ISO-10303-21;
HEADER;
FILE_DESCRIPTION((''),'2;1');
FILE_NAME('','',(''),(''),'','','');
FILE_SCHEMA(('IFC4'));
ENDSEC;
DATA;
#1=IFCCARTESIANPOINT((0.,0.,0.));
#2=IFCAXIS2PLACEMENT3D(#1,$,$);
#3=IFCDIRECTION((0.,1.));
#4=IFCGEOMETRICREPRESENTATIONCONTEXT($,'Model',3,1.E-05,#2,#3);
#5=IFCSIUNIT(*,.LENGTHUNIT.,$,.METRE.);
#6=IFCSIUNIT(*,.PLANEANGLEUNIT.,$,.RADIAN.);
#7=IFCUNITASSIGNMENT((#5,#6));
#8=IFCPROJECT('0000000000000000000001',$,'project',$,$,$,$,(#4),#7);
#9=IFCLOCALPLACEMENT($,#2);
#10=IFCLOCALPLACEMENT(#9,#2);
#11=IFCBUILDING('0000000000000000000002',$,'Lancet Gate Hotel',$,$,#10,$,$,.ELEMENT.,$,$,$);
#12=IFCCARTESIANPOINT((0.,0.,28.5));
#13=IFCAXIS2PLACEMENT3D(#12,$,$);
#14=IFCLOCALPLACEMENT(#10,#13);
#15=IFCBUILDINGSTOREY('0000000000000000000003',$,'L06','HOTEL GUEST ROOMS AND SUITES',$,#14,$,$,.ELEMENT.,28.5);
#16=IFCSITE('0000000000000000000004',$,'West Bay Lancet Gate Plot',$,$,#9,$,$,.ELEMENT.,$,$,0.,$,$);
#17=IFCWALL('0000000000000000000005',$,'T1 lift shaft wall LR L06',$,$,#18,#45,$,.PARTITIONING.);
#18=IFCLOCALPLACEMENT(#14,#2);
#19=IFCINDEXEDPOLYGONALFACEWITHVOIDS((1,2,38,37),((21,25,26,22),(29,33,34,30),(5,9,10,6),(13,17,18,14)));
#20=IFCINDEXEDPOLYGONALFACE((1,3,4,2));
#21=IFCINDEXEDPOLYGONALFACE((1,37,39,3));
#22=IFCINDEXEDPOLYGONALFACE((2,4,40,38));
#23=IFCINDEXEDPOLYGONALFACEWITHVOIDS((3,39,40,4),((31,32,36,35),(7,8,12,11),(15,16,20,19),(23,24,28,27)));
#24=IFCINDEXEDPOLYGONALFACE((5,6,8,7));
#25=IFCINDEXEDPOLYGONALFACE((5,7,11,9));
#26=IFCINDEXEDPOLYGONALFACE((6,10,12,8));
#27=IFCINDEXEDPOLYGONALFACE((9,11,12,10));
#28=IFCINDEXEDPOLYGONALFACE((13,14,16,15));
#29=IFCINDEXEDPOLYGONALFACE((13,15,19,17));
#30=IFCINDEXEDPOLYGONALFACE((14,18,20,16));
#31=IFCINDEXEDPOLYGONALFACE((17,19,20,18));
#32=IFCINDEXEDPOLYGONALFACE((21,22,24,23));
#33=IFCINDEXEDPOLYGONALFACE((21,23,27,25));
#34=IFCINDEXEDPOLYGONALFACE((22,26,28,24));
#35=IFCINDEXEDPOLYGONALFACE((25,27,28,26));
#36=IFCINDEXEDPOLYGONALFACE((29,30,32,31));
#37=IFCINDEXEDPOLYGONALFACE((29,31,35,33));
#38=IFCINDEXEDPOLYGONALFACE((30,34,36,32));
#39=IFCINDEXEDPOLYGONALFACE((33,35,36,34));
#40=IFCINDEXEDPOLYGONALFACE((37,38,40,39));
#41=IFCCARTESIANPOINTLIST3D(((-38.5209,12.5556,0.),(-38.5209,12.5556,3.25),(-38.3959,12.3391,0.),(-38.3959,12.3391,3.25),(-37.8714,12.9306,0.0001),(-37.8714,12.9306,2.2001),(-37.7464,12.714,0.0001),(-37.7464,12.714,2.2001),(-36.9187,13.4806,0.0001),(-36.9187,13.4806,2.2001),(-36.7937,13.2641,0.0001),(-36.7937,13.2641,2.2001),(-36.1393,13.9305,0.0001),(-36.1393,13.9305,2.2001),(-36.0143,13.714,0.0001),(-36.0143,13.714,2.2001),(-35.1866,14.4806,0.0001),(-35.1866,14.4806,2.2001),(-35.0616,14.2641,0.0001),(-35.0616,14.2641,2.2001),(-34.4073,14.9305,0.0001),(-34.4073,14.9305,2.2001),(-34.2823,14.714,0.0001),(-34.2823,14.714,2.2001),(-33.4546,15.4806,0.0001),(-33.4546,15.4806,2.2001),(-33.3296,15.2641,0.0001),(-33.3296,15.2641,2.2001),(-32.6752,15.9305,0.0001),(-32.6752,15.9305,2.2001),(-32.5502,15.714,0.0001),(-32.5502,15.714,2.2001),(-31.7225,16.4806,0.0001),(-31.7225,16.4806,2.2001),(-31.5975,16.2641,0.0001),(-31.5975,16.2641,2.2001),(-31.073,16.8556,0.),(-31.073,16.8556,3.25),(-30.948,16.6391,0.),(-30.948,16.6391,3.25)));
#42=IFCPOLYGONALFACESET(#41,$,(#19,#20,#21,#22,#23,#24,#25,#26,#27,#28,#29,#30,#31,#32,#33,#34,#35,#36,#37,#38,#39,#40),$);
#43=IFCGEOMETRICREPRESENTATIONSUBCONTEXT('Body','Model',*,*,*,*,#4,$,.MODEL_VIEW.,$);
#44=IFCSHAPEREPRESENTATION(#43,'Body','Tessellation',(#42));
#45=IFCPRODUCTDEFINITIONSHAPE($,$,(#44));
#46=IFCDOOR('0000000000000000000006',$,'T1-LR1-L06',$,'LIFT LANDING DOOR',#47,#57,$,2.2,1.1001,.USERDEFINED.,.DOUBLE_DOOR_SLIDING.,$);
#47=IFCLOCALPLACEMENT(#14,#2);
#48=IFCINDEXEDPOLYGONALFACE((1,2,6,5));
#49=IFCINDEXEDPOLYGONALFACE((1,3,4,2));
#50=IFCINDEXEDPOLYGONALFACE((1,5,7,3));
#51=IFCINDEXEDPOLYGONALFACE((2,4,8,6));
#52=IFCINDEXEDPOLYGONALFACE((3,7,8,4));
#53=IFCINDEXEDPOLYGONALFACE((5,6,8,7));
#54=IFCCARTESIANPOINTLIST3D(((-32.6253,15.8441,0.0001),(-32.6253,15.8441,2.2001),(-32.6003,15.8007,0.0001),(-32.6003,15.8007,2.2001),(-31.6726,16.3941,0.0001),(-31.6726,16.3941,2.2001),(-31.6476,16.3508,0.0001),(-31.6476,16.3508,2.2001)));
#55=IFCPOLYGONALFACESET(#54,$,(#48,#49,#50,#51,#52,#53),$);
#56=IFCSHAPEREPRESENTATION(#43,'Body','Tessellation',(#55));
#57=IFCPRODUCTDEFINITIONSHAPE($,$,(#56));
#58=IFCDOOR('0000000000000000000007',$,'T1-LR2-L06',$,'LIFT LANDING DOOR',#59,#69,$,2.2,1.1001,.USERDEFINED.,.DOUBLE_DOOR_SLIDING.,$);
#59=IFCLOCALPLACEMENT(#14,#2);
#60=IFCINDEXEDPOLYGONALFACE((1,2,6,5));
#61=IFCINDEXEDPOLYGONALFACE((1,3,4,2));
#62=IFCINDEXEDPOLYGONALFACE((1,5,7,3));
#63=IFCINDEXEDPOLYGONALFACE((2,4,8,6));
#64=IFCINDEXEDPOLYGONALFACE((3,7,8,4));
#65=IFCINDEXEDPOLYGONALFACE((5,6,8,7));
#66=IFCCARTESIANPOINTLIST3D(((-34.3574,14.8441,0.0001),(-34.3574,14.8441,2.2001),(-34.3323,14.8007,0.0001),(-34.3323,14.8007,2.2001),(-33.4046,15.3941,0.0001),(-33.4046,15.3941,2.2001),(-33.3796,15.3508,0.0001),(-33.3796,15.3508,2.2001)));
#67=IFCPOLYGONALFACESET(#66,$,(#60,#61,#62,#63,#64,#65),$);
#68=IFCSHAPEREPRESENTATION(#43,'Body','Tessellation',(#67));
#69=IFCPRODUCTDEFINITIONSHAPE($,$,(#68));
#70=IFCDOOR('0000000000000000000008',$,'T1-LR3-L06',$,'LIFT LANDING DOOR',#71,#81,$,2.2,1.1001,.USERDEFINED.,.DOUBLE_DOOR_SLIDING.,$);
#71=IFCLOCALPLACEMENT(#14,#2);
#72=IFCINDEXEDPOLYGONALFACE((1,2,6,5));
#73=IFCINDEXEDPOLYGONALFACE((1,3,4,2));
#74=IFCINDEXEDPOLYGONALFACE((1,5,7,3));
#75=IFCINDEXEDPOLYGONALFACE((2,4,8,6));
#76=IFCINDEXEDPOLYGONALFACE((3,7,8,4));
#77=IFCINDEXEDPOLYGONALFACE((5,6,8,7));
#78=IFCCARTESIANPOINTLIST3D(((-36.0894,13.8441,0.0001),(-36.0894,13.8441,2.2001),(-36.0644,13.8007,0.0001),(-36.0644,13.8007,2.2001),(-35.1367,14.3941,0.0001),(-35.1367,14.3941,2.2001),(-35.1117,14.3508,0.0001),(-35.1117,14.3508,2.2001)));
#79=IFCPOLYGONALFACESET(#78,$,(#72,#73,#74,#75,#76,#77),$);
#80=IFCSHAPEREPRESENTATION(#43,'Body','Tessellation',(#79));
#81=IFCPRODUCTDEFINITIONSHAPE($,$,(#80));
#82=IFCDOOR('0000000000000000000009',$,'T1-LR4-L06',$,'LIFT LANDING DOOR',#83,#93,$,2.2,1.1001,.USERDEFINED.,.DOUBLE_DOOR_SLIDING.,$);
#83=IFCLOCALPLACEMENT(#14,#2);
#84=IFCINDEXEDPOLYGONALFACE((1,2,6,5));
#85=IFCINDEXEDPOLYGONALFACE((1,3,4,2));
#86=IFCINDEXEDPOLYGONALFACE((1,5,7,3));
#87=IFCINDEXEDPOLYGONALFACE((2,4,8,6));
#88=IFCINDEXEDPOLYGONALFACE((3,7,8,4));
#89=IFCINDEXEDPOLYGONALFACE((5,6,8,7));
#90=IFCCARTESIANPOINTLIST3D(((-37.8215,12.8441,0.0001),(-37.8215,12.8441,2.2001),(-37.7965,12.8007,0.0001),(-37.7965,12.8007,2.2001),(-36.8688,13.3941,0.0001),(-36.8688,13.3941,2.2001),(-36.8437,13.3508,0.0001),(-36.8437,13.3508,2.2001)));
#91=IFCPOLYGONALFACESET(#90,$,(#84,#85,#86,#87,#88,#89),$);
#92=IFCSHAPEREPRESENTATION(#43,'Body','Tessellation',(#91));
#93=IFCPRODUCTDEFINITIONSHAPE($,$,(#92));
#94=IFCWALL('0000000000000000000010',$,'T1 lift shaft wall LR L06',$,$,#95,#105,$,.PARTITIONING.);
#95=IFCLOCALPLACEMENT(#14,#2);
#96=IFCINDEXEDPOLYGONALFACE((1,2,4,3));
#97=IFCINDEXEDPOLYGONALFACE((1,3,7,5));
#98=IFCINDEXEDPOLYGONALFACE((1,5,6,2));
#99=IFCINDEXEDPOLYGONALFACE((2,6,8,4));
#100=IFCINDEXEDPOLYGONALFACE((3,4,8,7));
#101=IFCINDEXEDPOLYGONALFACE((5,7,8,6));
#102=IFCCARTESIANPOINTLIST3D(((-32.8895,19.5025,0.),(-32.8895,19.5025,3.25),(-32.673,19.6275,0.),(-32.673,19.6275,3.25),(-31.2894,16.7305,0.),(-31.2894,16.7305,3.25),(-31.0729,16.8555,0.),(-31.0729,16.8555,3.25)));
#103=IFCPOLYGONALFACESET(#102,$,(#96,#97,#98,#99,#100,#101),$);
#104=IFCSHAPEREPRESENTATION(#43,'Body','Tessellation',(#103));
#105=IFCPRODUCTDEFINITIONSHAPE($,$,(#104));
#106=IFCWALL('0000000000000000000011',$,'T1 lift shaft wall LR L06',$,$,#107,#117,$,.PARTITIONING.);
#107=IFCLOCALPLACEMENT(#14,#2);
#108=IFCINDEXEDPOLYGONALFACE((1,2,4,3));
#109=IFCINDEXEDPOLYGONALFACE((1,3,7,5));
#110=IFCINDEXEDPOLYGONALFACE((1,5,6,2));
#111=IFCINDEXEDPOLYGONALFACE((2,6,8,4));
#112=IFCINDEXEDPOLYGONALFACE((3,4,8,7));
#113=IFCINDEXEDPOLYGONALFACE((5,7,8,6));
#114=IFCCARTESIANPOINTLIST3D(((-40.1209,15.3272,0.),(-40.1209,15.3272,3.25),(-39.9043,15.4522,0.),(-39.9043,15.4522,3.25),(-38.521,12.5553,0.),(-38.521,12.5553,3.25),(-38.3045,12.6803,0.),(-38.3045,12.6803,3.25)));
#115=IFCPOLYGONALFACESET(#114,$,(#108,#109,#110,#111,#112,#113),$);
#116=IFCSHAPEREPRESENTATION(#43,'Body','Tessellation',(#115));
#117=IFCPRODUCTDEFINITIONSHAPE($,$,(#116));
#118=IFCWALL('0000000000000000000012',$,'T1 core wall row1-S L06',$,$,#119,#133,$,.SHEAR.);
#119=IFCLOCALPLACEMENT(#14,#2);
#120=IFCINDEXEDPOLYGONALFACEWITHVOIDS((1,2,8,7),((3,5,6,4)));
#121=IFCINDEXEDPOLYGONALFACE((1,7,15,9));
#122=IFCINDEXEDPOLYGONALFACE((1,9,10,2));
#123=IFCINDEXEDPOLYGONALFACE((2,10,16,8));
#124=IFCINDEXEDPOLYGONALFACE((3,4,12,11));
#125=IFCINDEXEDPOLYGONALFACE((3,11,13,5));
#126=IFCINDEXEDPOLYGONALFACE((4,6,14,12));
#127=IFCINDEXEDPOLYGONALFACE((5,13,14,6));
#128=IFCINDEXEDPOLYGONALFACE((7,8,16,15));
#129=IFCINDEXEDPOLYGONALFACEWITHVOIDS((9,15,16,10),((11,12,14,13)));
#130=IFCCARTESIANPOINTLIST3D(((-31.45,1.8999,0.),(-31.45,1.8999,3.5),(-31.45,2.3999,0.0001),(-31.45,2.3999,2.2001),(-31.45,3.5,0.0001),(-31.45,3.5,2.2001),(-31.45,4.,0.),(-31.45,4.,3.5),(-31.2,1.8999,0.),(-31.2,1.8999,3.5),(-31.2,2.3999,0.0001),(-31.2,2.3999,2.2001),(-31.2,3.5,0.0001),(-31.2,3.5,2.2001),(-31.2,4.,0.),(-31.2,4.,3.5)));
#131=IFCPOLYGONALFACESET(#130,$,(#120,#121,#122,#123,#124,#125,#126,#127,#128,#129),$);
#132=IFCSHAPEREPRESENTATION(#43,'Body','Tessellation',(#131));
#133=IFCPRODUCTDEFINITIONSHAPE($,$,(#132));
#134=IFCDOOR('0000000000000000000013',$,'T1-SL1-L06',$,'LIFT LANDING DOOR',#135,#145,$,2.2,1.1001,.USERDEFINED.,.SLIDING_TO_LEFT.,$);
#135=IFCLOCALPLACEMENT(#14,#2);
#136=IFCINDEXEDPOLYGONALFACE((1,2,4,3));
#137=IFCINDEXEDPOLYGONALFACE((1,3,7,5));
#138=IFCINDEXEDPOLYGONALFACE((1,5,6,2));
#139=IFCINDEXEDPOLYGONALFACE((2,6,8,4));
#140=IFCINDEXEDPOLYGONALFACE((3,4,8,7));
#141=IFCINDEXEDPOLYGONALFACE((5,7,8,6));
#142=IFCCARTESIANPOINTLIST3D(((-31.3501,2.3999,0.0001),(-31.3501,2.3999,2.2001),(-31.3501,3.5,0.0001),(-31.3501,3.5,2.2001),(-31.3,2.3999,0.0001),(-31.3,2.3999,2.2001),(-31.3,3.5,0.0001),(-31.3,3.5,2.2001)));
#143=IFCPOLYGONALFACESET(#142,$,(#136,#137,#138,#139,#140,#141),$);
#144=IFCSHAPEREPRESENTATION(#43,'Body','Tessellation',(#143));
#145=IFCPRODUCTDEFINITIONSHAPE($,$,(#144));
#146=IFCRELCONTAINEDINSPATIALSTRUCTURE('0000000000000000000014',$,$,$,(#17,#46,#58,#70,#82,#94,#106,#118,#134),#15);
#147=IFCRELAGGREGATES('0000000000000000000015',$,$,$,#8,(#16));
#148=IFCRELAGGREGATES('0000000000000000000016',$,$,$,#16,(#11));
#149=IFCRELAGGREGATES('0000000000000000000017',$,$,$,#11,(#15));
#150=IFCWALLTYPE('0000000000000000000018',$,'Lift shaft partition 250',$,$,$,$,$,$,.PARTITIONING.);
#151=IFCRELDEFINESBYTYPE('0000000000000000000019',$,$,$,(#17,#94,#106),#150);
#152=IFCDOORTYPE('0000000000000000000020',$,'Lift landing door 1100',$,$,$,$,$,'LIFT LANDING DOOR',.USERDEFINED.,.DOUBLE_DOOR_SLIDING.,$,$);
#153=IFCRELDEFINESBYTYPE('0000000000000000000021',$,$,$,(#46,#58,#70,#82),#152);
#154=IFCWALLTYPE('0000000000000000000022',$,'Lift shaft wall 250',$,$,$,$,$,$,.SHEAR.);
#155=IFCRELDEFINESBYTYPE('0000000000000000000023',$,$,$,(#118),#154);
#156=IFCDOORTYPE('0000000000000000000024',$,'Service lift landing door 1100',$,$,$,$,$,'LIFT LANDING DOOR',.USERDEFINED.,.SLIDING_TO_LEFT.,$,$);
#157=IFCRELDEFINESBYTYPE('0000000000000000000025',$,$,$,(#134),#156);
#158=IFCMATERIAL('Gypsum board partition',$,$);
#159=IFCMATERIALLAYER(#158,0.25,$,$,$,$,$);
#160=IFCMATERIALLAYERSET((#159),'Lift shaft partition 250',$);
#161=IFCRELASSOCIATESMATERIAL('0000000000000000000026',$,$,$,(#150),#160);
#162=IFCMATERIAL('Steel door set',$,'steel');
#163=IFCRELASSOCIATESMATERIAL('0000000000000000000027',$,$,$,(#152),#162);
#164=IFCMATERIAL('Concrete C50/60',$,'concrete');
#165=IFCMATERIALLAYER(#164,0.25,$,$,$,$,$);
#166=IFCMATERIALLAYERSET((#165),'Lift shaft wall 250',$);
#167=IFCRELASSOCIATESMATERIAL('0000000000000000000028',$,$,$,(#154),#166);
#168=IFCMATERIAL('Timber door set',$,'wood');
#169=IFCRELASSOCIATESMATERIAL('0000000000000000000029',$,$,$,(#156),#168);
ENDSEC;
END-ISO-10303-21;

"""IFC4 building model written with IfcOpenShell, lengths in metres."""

from ifc_helpers import new_model, si_unit, direction, frame, frame_2d, origin, place, context, subcontext, project, spatial, rectangle, extrude, material, layer, layer_set, type_object, element, fill, save


model = new_model("IFC4")

# Units and contexts
model_context = context("Model", 3, precision=1e-05, world=origin(), true_north=direction((0.0, 1.0)))
body_context = subcontext(model_context, "Body", "Model", "MODEL_VIEW")
ifc_project = project(units=[si_unit("LENGTHUNIT", "METRE"), si_unit("PLANEANGLEUNIT", "RADIAN")], contexts=[model_context])

# Site, building, storey
site_placement = place(None, origin())
site = spatial("IfcSite", under=ifc_project, at=site_placement, Name="West Bay Lancet Gate Plot", CompositionType="ELEMENT", RefElevation=0.0)
building_placement = place(site_placement, origin())
building = spatial("IfcBuilding", under=site, at=building_placement, Name="Lancet Gate Hotel", CompositionType="ELEMENT")
storey_placement = place(building_placement, frame((0.0, 0.0, 28.5)))
storey = spatial("IfcBuildingStorey", under=building, at=storey_placement, Name="L06", Description="HOTEL GUEST ROOMS AND SUITES", CompositionType="ELEMENT", Elevation=28.5)

# Wall, openings, doors
ifc_material_1 = material(Name="Gypsum board partition")
ifc_layer_1 = layer(ifc_material_1, 0.25)
ifc_layer_set_1 = layer_set([ifc_layer_1], Name="Lift shaft partition 250")
wall_type_1 = type_object("IfcWallType", Name="Lift shaft partition 250", PredefinedType="PARTITIONING", material=ifc_layer_set_1)
wall_1_placement = place(storey_placement, frame((-31.0105, 16.7473, 0.0), z_axis=(0.0, 0.0, 1.0), x_axis=(-0.866028, -0.499995, 0.0)))
wall_1 = element("IfcWall", 1, at=wall_1_placement, inside=storey, type_object=wall_type_1, Name="T1 lift shaft wall LR L06", PredefinedType="PARTITIONING", context=body_context, shape_type="SweptSolid", body=[
    extrude(rectangle(XDim=8.6001, YDim=0.25, at=frame_2d((4.3, 0.0))), origin(), (0.0, 0.0, 1.0), 3.25),
])
opening_1_placement = place(wall_1_placement, frame((0.75, 0.0, 0.0)))
opening_1 = element("IfcOpeningElement", 2, at=opening_1_placement, cuts=wall_1, PredefinedType="OPENING", context=body_context, shape_type="SweptSolid", body=[
    extrude(rectangle(XDim=1.1001, YDim=2.2, at=frame_2d((0.55, 1.1001))), frame((0.0, 0.135, 0.0), z_axis=(0.0, -1.0, 0.0), x_axis=(1.0, 0.0, 0.0)), (0.0, 0.0, 1.0), 0.27),
])
opening_2_placement = place(wall_1_placement, frame((2.75, 0.0, 0.0)))
opening_2 = element("IfcOpeningElement", 3, at=opening_2_placement, cuts=wall_1, PredefinedType="OPENING", context=body_context, shape_type="SweptSolid", body=[
    extrude(rectangle(XDim=1.1001, YDim=2.2, at=frame_2d((0.55, 1.1001))), frame((0.0, 0.135, 0.0), z_axis=(0.0, -1.0, 0.0), x_axis=(1.0, 0.0, 0.0)), (0.0, 0.0, 1.0), 0.27),
])
opening_3_placement = place(wall_1_placement, frame((4.75, 0.0, 0.0)))
opening_3 = element("IfcOpeningElement", 4, at=opening_3_placement, cuts=wall_1, PredefinedType="OPENING", context=body_context, shape_type="SweptSolid", body=[
    extrude(rectangle(XDim=1.1001, YDim=2.2, at=frame_2d((0.55, 1.1001))), frame((0.0, 0.135, 0.0), z_axis=(0.0, -1.0, 0.0), x_axis=(1.0, 0.0, 0.0)), (0.0, 0.0, 1.0), 0.27),
])
opening_4_placement = place(wall_1_placement, frame((6.75, 0.0, 0.0)))
opening_4 = element("IfcOpeningElement", 5, at=opening_4_placement, cuts=wall_1, PredefinedType="OPENING", context=body_context, shape_type="SweptSolid", body=[
    extrude(rectangle(XDim=1.1001, YDim=2.2, at=frame_2d((0.55, 1.1001))), frame((0.0, 0.135, 0.0), z_axis=(0.0, -1.0, 0.0), x_axis=(1.0, 0.0, 0.0)), (0.0, 0.0, 1.0), 0.27),
])
ifc_material_2 = material(Name="Steel door set", Category="steel")
door_type_1 = type_object("IfcDoorType", Name="Lift landing door 1100", ElementType="LIFT LANDING DOOR", OperationType="DOUBLE_DOOR_SLIDING", PredefinedType="USERDEFINED", material=ifc_material_2)
door_1_placement = place(opening_1_placement, origin())
door_1 = element("IfcDoor", 6, at=door_1_placement, inside=storey, type_object=door_type_1, Name="T1-LR1-L06", ObjectType="LIFT LANDING DOOR", OperationType="DOUBLE_DOOR_SLIDING", OverallHeight=2.2, OverallWidth=1.1001, PredefinedType="USERDEFINED", context=body_context, shape_type="SweptSolid", body=[
    extrude(rectangle(XDim=1.1001, YDim=2.2, at=frame_2d((0.55, 1.1001))), frame((0.0, 0.0249, 0.0), z_axis=(0.0, -1.0, 0.0), x_axis=(1.0, 0.0, 0.0)), (0.0, 0.0, 1.0), 0.05),
])
fill(opening_1, door_1)
door_2_placement = place(opening_2_placement, origin())
door_2 = element("IfcDoor", 7, at=door_2_placement, inside=storey, type_object=door_type_1, Name="T1-LR2-L06", ObjectType="LIFT LANDING DOOR", OperationType="DOUBLE_DOOR_SLIDING", OverallHeight=2.2, OverallWidth=1.1001, PredefinedType="USERDEFINED", context=body_context, shape_type="SweptSolid", body=[
    extrude(rectangle(XDim=1.1001, YDim=2.2, at=frame_2d((0.55, 1.1001))), frame((0.0, 0.0249, 0.0), z_axis=(0.0, -1.0, 0.0), x_axis=(1.0, 0.0, 0.0)), (0.0, 0.0, 1.0), 0.05),
])
fill(opening_2, door_2)
door_3_placement = place(opening_3_placement, origin())
door_3 = element("IfcDoor", 8, at=door_3_placement, inside=storey, type_object=door_type_1, Name="T1-LR3-L06", ObjectType="LIFT LANDING DOOR", OperationType="DOUBLE_DOOR_SLIDING", OverallHeight=2.2, OverallWidth=1.1001, PredefinedType="USERDEFINED", context=body_context, shape_type="SweptSolid", body=[
    extrude(rectangle(XDim=1.1001, YDim=2.2, at=frame_2d((0.55, 1.1001))), frame((0.0, 0.0249, 0.0), z_axis=(0.0, -1.0, 0.0), x_axis=(1.0, 0.0, 0.0)), (0.0, 0.0, 1.0), 0.05),
])
fill(opening_3, door_3)
door_4_placement = place(opening_4_placement, origin())
door_4 = element("IfcDoor", 9, at=door_4_placement, inside=storey, type_object=door_type_1, Name="T1-LR4-L06", ObjectType="LIFT LANDING DOOR", OperationType="DOUBLE_DOOR_SLIDING", OverallHeight=2.2, OverallWidth=1.1001, PredefinedType="USERDEFINED", context=body_context, shape_type="SweptSolid", body=[
    extrude(rectangle(XDim=1.1001, YDim=2.2, at=frame_2d((0.55, 1.1001))), frame((0.0, 0.0249, 0.0), z_axis=(0.0, -1.0, 0.0), x_axis=(1.0, 0.0, 0.0)), (0.0, 0.0, 1.0), 0.05),
])
fill(opening_4, door_4)

# Walls
wall_2_placement = place(storey_placement, frame((-31.1812, 16.793, 0.0), z_axis=(0.0, 0.0, 1.0), x_axis=(-0.499929, 0.866066, 0.0)))
element("IfcWall", 10, at=wall_2_placement, inside=storey, type_object=wall_type_1, Name="T1 lift shaft wall LR L06", PredefinedType="PARTITIONING", context=body_context, shape_type="SweptSolid", body=[
    extrude(rectangle(XDim=3.2007, YDim=0.25, at=frame_2d((1.6003, 0.0))), origin(), (0.0, 0.0, 1.0), 3.25),
])
wall_3_placement = place(storey_placement, frame((-38.4128, 12.6179, 0.0), z_axis=(0.0, 0.0, 1.0), x_axis=(-0.499872, 0.866099, 0.0)))
element("IfcWall", 11, at=wall_3_placement, inside=storey, type_object=wall_type_1, Name="T1 lift shaft wall LR L06", PredefinedType="PARTITIONING", context=body_context, shape_type="SweptSolid", body=[
    extrude(rectangle(XDim=3.2004, YDim=0.25, at=frame_2d((1.6001, 0.0))), origin(), (0.0, 0.0, 1.0), 3.25),
])

# Wall, opening, door
ifc_material_3 = material(Name="Concrete C50/60", Category="concrete")
ifc_layer_2 = layer(ifc_material_3, 0.25)
ifc_layer_set_2 = layer_set([ifc_layer_2], Name="Lift shaft wall 250")
wall_type_2 = type_object("IfcWallType", Name="Lift shaft wall 250", PredefinedType="SHEAR", material=ifc_layer_set_2)
wall_4_placement = place(storey_placement, frame((-31.325, 4.0, 0.0), z_axis=(0.0, 0.0, 1.0), x_axis=(0.0, -1.0, 0.0)))
wall_4 = element("IfcWall", 12, at=wall_4_placement, inside=storey, type_object=wall_type_2, Name="T1 core wall row1-S L06", PredefinedType="SHEAR", context=body_context, shape_type="SweptSolid", body=[
    extrude(rectangle(XDim=2.1001, YDim=0.25, at=frame_2d((1.05, 0.0))), origin(), (0.0, 0.0, 1.0), 3.5),
])
opening_5_placement = place(wall_4_placement, frame((0.5, 0.0, 0.0)))
opening_5 = element("IfcOpeningElement", 13, at=opening_5_placement, cuts=wall_4, PredefinedType="OPENING", context=body_context, shape_type="SweptSolid", body=[
    extrude(rectangle(XDim=1.1001, YDim=2.2, at=frame_2d((0.55, 1.1001))), frame((0.0, 0.135, 0.0), z_axis=(0.0, -1.0, 0.0), x_axis=(1.0, 0.0, 0.0)), (0.0, 0.0, 1.0), 0.27),
])
ifc_material_4 = material(Name="Timber door set", Category="wood")
door_type_2 = type_object("IfcDoorType", Name="Service lift landing door 1100", ElementType="LIFT LANDING DOOR", OperationType="SLIDING_TO_LEFT", PredefinedType="USERDEFINED", material=ifc_material_4)
door_5_placement = place(opening_5_placement, origin())
door_5 = element("IfcDoor", 14, at=door_5_placement, inside=storey, type_object=door_type_2, Name="T1-SL1-L06", ObjectType="LIFT LANDING DOOR", OperationType="SLIDING_TO_LEFT", OverallHeight=2.2, OverallWidth=1.1001, PredefinedType="USERDEFINED", context=body_context, shape_type="SweptSolid", body=[
    extrude(rectangle(XDim=1.1001, YDim=2.2, at=frame_2d((0.55, 1.1001))), frame((0.0, 0.0249, 0.0), z_axis=(0.0, -1.0, 0.0), x_axis=(1.0, 0.0, 0.0)), (0.0, 0.0, 1.0), 0.05),
])
fill(opening_5, door_5)

save(model, "model.ifc")
